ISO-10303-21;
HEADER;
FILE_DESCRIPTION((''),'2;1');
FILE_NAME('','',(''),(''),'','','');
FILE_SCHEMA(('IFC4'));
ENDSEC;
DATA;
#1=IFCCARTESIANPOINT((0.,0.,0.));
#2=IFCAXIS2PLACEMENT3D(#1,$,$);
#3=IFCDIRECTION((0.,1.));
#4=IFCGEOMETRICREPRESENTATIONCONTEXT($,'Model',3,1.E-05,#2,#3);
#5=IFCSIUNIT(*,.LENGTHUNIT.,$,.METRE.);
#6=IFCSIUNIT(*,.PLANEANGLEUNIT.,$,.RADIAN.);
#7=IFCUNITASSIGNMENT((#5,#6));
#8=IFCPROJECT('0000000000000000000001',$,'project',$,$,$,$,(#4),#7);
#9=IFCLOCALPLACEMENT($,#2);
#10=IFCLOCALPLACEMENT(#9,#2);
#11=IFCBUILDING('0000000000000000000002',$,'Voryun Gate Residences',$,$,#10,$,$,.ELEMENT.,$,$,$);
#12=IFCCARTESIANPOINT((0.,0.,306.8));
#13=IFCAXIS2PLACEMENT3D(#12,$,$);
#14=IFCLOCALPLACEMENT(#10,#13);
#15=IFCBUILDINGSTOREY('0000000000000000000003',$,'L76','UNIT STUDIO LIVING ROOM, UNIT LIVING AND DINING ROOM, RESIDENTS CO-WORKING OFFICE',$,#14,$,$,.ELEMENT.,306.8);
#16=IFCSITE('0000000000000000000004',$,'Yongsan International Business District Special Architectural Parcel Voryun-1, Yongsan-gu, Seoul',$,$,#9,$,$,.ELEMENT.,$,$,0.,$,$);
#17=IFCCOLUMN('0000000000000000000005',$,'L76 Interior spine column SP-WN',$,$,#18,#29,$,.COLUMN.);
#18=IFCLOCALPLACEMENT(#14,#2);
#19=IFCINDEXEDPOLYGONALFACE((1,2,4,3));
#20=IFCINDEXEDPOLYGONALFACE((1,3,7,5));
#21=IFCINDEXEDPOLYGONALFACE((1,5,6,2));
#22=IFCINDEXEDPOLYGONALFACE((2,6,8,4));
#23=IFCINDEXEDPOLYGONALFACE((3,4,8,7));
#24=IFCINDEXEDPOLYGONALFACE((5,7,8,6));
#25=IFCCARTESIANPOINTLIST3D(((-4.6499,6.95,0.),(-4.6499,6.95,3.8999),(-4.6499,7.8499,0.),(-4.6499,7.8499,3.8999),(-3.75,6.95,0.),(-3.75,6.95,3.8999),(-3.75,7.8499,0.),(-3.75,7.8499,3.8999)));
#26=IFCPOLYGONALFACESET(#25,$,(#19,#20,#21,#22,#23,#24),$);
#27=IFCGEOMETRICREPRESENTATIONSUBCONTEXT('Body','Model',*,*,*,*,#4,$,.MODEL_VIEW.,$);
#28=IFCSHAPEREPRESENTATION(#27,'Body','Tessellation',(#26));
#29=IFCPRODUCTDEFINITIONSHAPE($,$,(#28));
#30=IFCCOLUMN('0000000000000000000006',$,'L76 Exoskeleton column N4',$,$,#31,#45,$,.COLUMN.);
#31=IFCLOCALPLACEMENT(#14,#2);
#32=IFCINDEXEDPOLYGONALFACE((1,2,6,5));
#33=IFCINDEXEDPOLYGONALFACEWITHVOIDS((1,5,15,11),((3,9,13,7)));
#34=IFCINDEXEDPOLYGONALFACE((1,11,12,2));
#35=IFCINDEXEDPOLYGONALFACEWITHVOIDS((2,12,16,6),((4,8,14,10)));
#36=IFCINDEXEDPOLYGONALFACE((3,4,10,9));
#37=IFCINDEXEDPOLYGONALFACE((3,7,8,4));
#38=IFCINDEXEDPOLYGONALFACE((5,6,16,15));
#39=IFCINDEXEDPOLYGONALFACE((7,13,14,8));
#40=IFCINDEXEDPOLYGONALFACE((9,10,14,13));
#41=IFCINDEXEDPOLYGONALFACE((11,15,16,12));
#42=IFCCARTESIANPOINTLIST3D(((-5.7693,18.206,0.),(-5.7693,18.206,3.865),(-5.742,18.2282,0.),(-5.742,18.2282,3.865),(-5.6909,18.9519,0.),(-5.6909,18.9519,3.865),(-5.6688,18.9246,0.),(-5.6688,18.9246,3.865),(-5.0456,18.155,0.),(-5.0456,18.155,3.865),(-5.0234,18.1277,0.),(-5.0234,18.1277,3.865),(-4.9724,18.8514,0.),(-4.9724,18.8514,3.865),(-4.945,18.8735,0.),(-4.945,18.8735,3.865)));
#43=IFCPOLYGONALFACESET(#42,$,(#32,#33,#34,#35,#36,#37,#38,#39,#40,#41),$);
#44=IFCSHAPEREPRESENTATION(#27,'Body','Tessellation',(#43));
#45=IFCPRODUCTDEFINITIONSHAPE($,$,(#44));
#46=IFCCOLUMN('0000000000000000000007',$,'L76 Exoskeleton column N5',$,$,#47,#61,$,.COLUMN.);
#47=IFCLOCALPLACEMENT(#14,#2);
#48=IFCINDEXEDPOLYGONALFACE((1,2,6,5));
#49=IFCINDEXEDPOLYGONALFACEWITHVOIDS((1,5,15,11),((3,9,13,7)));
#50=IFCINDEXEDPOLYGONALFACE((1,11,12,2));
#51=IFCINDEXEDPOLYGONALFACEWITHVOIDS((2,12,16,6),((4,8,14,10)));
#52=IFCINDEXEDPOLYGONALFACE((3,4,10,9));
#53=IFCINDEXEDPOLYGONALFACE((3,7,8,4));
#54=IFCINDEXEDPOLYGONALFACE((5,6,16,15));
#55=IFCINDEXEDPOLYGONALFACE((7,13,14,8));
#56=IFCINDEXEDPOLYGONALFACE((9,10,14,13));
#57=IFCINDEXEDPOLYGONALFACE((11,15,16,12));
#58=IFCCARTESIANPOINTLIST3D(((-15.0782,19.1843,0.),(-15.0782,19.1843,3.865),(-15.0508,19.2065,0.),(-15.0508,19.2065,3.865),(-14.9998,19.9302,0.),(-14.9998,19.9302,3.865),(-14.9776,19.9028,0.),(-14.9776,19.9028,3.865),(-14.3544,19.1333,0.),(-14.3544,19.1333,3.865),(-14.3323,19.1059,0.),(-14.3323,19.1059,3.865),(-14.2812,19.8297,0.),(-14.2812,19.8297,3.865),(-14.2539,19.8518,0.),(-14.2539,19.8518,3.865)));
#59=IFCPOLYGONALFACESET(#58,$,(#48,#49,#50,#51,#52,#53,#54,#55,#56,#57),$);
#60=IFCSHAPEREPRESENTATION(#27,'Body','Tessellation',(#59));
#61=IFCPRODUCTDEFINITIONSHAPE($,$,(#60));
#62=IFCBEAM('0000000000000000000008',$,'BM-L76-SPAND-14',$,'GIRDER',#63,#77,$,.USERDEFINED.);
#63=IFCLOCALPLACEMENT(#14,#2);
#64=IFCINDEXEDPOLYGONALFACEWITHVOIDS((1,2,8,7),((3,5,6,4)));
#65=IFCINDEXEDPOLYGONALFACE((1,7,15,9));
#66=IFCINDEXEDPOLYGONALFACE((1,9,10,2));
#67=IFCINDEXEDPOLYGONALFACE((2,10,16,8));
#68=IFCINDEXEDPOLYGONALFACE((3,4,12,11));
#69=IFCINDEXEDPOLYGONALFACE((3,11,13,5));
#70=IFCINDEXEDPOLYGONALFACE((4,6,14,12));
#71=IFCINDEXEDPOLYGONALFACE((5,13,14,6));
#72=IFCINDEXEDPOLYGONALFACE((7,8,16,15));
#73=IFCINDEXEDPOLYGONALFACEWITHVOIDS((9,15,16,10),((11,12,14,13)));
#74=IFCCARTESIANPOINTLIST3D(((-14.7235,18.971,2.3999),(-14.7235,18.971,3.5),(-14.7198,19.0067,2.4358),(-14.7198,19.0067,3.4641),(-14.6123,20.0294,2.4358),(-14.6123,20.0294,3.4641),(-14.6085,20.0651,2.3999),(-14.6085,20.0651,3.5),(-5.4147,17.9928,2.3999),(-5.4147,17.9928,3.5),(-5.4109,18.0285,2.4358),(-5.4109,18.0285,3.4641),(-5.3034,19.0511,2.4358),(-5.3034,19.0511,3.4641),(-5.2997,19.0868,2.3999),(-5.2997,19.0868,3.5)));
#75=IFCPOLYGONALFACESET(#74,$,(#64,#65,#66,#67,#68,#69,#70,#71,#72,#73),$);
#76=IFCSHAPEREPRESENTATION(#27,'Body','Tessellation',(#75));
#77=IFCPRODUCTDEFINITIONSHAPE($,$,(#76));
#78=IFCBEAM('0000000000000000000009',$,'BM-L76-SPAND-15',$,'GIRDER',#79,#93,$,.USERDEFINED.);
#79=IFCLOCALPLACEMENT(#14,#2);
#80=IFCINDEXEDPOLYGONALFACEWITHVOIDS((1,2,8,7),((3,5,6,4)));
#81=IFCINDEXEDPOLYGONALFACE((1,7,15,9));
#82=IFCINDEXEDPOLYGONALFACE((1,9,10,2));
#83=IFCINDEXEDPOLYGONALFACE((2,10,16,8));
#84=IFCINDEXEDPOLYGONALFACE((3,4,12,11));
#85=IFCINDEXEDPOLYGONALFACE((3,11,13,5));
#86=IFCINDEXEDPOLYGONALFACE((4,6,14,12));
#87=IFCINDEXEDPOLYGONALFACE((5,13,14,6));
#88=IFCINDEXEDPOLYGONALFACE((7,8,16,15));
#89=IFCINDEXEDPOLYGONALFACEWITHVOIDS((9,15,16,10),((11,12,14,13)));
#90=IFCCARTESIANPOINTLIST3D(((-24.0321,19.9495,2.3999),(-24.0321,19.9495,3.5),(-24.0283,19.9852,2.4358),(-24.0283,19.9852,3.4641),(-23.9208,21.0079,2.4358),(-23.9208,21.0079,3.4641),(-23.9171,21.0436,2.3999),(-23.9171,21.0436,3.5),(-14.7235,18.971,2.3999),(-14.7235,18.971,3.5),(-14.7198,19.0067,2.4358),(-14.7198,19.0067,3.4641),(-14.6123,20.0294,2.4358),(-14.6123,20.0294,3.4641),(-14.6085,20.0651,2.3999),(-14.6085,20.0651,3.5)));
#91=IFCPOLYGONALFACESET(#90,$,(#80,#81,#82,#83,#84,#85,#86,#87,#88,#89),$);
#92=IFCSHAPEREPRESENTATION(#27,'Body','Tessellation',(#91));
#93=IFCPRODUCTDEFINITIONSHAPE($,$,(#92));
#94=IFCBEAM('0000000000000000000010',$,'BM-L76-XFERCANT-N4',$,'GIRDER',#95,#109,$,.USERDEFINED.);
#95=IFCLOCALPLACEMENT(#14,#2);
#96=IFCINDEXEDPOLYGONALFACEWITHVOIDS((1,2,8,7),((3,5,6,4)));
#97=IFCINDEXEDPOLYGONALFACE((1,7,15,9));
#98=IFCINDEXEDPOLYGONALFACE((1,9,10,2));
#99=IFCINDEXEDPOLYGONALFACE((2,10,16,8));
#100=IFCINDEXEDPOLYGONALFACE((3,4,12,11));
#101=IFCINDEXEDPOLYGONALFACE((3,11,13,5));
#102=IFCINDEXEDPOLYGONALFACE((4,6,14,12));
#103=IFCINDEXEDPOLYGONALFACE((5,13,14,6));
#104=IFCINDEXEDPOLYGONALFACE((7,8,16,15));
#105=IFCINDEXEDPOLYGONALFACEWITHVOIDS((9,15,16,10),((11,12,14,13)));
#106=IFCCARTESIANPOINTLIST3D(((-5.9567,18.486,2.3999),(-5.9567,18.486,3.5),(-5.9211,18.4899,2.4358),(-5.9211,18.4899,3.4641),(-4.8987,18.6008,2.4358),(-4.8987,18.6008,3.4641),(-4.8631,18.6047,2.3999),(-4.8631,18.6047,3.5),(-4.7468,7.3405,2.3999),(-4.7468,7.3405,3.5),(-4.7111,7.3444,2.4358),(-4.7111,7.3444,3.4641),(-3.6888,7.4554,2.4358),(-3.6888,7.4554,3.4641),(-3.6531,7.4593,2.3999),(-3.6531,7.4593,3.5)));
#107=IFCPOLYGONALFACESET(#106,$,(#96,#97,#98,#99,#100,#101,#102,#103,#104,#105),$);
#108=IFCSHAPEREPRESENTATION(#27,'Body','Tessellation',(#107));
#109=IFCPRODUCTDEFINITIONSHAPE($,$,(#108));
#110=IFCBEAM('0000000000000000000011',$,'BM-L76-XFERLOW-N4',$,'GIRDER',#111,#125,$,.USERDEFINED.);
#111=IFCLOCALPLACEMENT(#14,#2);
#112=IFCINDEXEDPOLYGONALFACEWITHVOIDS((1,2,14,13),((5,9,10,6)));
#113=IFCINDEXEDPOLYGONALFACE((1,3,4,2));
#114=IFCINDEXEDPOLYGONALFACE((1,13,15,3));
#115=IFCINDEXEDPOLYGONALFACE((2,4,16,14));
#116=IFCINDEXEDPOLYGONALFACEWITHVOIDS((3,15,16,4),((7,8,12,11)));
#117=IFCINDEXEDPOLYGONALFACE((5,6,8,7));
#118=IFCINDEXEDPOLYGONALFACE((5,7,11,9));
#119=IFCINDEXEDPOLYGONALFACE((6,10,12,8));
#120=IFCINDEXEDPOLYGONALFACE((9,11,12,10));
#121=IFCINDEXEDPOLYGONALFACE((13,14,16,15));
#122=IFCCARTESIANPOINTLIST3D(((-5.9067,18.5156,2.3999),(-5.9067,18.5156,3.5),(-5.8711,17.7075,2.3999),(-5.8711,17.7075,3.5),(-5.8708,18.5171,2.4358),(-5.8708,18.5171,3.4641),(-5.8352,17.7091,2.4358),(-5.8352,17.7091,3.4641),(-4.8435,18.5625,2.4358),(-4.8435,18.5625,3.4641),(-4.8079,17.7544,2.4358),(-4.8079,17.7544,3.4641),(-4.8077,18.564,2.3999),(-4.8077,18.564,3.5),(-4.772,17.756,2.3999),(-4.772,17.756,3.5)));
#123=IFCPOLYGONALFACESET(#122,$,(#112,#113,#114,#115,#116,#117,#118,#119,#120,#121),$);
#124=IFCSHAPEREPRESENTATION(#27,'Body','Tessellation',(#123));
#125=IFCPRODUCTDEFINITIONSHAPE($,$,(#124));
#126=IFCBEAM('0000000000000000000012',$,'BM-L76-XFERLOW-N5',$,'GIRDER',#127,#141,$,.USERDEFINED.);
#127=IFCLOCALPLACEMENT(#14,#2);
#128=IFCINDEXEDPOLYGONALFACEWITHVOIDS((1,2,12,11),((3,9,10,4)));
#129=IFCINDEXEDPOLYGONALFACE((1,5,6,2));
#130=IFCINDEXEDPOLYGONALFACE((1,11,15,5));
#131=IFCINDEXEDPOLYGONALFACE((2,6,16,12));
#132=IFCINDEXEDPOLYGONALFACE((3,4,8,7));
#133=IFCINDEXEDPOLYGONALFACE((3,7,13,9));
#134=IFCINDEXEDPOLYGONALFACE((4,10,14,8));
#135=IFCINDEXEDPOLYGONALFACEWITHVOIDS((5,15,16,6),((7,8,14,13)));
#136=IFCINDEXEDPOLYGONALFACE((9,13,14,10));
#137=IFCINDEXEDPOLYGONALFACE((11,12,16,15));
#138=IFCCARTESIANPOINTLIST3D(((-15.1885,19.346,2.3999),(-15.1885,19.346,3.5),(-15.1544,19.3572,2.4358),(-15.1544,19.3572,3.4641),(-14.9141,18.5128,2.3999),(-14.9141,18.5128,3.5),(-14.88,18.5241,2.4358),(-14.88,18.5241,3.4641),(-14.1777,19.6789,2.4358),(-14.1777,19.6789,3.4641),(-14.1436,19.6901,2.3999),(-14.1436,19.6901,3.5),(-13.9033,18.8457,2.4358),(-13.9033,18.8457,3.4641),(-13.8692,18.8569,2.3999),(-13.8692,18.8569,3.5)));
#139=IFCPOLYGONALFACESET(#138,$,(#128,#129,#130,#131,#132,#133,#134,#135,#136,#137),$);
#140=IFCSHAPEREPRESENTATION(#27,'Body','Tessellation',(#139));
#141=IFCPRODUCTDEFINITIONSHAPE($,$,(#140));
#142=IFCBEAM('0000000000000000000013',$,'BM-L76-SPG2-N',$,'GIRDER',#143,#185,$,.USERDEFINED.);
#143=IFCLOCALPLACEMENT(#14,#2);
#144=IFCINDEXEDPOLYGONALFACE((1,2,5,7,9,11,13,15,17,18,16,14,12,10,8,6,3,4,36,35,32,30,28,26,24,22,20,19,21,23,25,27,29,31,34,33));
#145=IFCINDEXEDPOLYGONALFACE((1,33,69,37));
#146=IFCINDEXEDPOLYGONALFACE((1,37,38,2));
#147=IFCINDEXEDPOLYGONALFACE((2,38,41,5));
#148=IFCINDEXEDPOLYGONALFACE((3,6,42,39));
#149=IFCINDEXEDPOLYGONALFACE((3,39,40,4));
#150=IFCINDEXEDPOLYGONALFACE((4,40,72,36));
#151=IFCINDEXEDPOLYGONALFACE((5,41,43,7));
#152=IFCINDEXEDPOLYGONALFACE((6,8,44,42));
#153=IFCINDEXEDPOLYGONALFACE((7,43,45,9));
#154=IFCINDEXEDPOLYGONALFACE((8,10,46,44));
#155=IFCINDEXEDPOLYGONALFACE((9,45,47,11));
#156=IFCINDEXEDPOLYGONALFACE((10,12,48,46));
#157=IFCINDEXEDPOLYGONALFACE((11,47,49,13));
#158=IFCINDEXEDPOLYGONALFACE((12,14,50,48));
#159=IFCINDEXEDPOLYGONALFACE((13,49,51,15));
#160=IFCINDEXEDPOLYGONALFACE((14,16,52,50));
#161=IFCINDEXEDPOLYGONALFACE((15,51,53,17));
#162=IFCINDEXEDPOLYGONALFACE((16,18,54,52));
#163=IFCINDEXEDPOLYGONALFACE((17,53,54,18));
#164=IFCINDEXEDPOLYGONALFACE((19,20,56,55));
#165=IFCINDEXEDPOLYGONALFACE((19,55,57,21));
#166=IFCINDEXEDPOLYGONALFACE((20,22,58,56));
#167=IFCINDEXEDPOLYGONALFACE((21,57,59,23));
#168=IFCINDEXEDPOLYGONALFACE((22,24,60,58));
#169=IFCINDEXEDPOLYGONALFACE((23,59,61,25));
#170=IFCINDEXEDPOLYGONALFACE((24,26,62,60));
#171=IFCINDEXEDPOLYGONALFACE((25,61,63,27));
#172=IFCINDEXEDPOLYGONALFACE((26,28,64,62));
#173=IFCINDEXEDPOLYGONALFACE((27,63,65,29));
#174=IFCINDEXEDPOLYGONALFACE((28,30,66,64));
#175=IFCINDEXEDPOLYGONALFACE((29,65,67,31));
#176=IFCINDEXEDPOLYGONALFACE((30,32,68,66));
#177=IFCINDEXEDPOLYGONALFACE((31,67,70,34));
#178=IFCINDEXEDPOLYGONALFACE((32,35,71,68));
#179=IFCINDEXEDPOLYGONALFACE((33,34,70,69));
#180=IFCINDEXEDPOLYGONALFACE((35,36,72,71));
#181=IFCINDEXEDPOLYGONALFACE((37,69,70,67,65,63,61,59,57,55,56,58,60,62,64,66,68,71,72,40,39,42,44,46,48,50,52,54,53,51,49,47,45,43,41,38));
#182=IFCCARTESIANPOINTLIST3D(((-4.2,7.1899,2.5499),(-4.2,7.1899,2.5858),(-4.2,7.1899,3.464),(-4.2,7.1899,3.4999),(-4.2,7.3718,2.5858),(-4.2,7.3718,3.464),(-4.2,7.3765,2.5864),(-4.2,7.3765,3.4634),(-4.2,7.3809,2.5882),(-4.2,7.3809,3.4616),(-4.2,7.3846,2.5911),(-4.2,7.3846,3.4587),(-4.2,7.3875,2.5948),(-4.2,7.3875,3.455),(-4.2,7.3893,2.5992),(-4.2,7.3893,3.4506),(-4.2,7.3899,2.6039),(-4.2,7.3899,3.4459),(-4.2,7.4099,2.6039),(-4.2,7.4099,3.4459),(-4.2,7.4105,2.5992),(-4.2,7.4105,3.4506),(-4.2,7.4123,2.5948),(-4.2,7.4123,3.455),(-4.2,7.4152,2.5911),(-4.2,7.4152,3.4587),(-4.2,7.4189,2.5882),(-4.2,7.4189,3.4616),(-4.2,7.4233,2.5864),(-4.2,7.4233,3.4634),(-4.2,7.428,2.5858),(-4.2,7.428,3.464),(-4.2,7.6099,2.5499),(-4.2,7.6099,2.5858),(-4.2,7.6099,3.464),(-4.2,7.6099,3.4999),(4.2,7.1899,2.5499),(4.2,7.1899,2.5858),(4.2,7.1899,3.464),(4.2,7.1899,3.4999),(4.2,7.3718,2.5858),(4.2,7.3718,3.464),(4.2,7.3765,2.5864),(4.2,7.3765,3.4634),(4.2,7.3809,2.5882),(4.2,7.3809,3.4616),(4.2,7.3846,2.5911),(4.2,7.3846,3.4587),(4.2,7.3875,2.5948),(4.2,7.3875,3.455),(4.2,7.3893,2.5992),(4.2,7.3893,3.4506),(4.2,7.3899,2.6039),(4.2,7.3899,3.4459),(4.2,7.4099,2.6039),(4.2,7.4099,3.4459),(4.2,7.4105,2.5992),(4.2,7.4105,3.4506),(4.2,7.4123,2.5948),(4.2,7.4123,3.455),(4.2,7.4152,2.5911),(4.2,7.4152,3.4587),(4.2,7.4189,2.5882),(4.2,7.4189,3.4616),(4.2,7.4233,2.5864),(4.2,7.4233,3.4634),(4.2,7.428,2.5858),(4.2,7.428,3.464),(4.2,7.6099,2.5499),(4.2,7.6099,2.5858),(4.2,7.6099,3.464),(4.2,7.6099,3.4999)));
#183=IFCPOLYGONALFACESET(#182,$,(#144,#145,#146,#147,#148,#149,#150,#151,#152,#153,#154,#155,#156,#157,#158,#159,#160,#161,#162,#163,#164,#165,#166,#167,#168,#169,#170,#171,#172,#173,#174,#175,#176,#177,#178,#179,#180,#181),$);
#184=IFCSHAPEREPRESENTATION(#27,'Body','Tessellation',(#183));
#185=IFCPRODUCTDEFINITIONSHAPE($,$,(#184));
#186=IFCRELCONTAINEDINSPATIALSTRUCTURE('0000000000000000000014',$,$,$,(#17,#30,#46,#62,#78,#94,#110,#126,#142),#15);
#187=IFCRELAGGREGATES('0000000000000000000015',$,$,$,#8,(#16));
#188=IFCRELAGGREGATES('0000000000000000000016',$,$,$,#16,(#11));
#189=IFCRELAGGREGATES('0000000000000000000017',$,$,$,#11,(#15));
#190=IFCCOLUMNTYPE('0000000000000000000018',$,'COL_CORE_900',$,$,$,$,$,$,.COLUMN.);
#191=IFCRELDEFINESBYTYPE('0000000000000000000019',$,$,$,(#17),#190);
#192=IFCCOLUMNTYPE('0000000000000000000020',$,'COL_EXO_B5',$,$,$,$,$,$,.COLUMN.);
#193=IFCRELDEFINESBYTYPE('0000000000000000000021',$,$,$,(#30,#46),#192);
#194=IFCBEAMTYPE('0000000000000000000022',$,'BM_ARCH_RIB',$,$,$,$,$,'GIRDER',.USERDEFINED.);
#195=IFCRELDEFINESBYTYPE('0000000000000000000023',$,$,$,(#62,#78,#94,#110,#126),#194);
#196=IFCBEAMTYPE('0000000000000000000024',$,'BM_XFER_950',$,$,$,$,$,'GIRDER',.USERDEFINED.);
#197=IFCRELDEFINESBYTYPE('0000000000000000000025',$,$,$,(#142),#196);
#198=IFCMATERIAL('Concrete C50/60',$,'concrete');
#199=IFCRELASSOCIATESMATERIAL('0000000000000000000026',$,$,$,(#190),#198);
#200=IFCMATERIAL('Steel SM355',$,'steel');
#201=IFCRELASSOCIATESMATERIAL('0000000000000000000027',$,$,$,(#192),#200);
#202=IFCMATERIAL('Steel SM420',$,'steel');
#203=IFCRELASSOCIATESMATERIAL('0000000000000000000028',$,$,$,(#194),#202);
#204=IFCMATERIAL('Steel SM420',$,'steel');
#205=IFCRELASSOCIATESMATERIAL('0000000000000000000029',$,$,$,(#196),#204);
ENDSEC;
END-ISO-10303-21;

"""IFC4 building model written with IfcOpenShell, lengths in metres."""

from ifc_helpers import new_model, si_unit, direction, frame, origin, origin_2d, place, context, subcontext, project, spatial, rectangle, hollow_rectangle, i_section, extrude, material, material_profile, profile_set, type_object, element, save


model = new_model("IFC4")

# Units and contexts
model_context = context("Model", 3, precision=1e-05, world=origin(), true_north=direction((0.0, 1.0)))
body_context = subcontext(model_context, "Body", "Model", "MODEL_VIEW")
ifc_project = project(units=[si_unit("LENGTHUNIT", "METRE"), si_unit("PLANEANGLEUNIT", "RADIAN")], contexts=[model_context])

# Site, building, storey
site_placement = place(None, origin())
site = spatial("IfcSite", under=ifc_project, at=site_placement, Name="Yongsan International Business District Special Architectural Parcel Voryun-1, Yongsan-gu, Seoul", CompositionType="ELEMENT", RefElevation=0.0)
building_placement = place(site_placement, origin())
building = spatial("IfcBuilding", under=site, at=building_placement, Name="Voryun Gate Residences", CompositionType="ELEMENT")
storey_placement = place(building_placement, frame((0.0, 0.0, 306.8)))
storey = spatial("IfcBuildingStorey", under=building, at=storey_placement, Name="L76", Description="UNIT STUDIO LIVING ROOM, UNIT LIVING AND DINING ROOM, RESIDENTS CO-WORKING OFFICE", CompositionType="ELEMENT", Elevation=306.8)

# Columns
ifc_material_1 = material(Name="Concrete C50/60", Category="concrete")
ifc_material_profile_1 = material_profile(ifc_material_1, rectangle(XDim=0.8999, YDim=0.8999, at=origin_2d()), Name="RC-900x900")
ifc_profile_set_1 = profile_set([ifc_material_profile_1], Name="Concrete C50/60")
column_type_1 = type_object("IfcColumnType", Name="COL_CORE_900", PredefinedType="COLUMN", material=ifc_profile_set_1)
column_placement = place(storey_placement, frame((-4.2, 7.3999, 0.0), z_axis=(0.0, 0.0, 1.0), x_axis=(1.0, 0.0, 0.0)))
element("IfcColumn", 1, at=column_placement, inside=storey, type_object=column_type_1, Name="L76 Interior spine column SP-WN", PredefinedType="COLUMN", context=body_context, shape_type="SweptSolid", body=[
    extrude(rectangle(XDim=0.8999, YDim=0.8999, at=origin_2d()), origin(), (0.0, 0.0, 1.0), 3.8999),
])
ifc_material_2 = material(Name="Steel SM355", Category="steel")
ifc_material_profile_2 = material_profile(ifc_material_2, hollow_rectangle(XDim=0.75, YDim=0.75, WallThickness=0.0249, at=origin_2d()), Name="BOX-750x750x25")
ifc_profile_set_2 = profile_set([ifc_material_profile_2], Name="Steel SM355")
column_type_2 = type_object("IfcColumnType", Name="COL_EXO_B5", PredefinedType="COLUMN", material=ifc_profile_set_2)
for number, where, z_axis, x_axis, name in (
    (2, (-5.3572, 18.5398, 0.0), (0.0, 0.0, 1.0), (0.994522, -0.104528, 0.0), "L76 Exoskeleton column N4"),
    (3, (-14.666, 19.5181, 0.0), (0.0, 0.0, 1.0), (0.994522, -0.104528, 0.0), "L76 Exoskeleton column N5"),
):
    element("IfcColumn", number, at=place(storey_placement, frame(where, z_axis=z_axis, x_axis=x_axis)), inside=storey, type_object=column_type_2, Name=name, PredefinedType="COLUMN", context=body_context, shape_type="SweptSolid", body=[
        extrude(hollow_rectangle(XDim=0.75, YDim=0.75, WallThickness=0.0249, at=origin_2d()), origin(), (0.0, 0.0, 1.0), 3.865),
    ])

# Beams
ifc_material_3 = material(Name="Steel SM420", Category="steel")
ifc_material_profile_3 = material_profile(ifc_material_3, hollow_rectangle(XDim=1.1001, YDim=1.1001, WallThickness=0.0359, at=origin_2d()), Name="BOX-1100x1100x36")
ifc_profile_set_3 = profile_set([ifc_material_profile_3], Name="Steel SM420")
beam_type_1 = type_object("IfcBeamType", Name="BM_ARCH_RIB", ElementType="GIRDER", PredefinedType="USERDEFINED", material=ifc_profile_set_3)
beam_1_placement = place(storey_placement, frame((-5.3572, 18.5398, 2.95), z_axis=(-0.994523, 0.104515, 0.0), x_axis=(-0.104515, -0.994523, 0.0)))
element("IfcBeam", 4, at=beam_1_placement, inside=storey, type_object=beam_type_1, Name="BM-L76-SPAND-14", ObjectType="GIRDER", PredefinedType="USERDEFINED", context=body_context, shape_type="SweptSolid", body=[
    extrude(hollow_rectangle(XDim=1.1001, YDim=1.1001, WallThickness=0.0359, at=origin_2d()), origin(), (0.0, 0.0, 1.0), 9.3601),
])
beam_2_placement = place(storey_placement, frame((-14.666, 19.5181, 2.95), z_axis=(-0.99452, 0.104544, 0.0), x_axis=(-0.104544, -0.99452, 0.0)))
element("IfcBeam", 5, at=beam_2_placement, inside=storey, type_object=beam_type_1, Name="BM-L76-SPAND-15", ObjectType="GIRDER", PredefinedType="USERDEFINED", context=body_context, shape_type="SweptSolid", body=[
    extrude(hollow_rectangle(XDim=1.1001, YDim=1.1001, WallThickness=0.0359, at=origin_2d()), origin(), (0.0, 0.0, 1.0), 9.3599),
])
beam_3_placement = place(storey_placement, frame((-4.2, 7.3999, 2.95), z_axis=(-0.107926, 0.994159, 0.0), x_axis=(-0.994159, -0.107926, 0.0)))
element("IfcBeam", 6, at=beam_3_placement, inside=storey, type_object=beam_type_1, Name="BM-L76-XFERCANT-N4", ObjectType="GIRDER", PredefinedType="USERDEFINED", context=body_context, shape_type="SweptSolid", body=[
    extrude(hollow_rectangle(XDim=1.1001, YDim=1.1001, WallThickness=0.0359, at=origin_2d()), origin(), (0.0, 0.0, 1.0), 11.2109),
])
beam_4_placement = place(storey_placement, frame((-5.3572, 18.5398, 2.95), z_axis=(0.044066, -0.999029, 0.0), x_axis=(0.999029, 0.044066, 0.0)))
element("IfcBeam", 7, at=beam_4_placement, inside=storey, type_object=beam_type_1, Name="BM-L76-XFERLOW-N4", ObjectType="GIRDER", PredefinedType="USERDEFINED", context=body_context, shape_type="SweptSolid", body=[
    extrude(hollow_rectangle(XDim=1.1001, YDim=1.1001, WallThickness=0.0359, at=origin_2d()), origin(), (0.0, 0.0, 1.0), 0.8088),
])
beam_5_placement = place(storey_placement, frame((-14.666, 19.5181, 2.95), z_axis=(0.312803, -0.949818, 0.0), x_axis=(0.949818, 0.312803, 0.0)))
element("IfcBeam", 8, at=beam_5_placement, inside=storey, type_object=beam_type_1, Name="BM-L76-XFERLOW-N5", ObjectType="GIRDER", PredefinedType="USERDEFINED", context=body_context, shape_type="SweptSolid", body=[
    extrude(hollow_rectangle(XDim=1.1001, YDim=1.1001, WallThickness=0.0359, at=origin_2d()), origin(), (0.0, 0.0, 1.0), 0.8772),
])
ifc_material_4 = material(Name="Steel SM420", Category="steel")
ifc_material_profile_4 = material_profile(ifc_material_4, i_section(OverallWidth=0.4199, OverallDepth=0.95, WebThickness=0.02, FlangeThickness=0.0359, FilletRadius=0.0181, at=origin_2d()), Name="H-950x420x20x36")
ifc_profile_set_4 = profile_set([ifc_material_profile_4], Name="Steel SM420")
beam_type_2 = type_object("IfcBeamType", Name="BM_XFER_950", ElementType="GIRDER", PredefinedType="USERDEFINED", material=ifc_profile_set_4)
beam_6_placement = place(storey_placement, frame((-4.2, 7.3999, 3.0249), z_axis=(1.0, 0.0, 0.0), x_axis=(0.0, 1.0, 0.0)))
element("IfcBeam", 9, at=beam_6_placement, inside=storey, type_object=beam_type_2, Name="BM-L76-SPG2-N", ObjectType="GIRDER", PredefinedType="USERDEFINED", context=body_context, shape_type="SweptSolid", body=[
    extrude(i_section(OverallWidth=0.4199, OverallDepth=0.95, WebThickness=0.02, FlangeThickness=0.0359, FilletRadius=0.0181, at=origin_2d()), origin(), (0.0, 0.0, 1.0), 8.3999),
])

save(model, "model.ifc")
